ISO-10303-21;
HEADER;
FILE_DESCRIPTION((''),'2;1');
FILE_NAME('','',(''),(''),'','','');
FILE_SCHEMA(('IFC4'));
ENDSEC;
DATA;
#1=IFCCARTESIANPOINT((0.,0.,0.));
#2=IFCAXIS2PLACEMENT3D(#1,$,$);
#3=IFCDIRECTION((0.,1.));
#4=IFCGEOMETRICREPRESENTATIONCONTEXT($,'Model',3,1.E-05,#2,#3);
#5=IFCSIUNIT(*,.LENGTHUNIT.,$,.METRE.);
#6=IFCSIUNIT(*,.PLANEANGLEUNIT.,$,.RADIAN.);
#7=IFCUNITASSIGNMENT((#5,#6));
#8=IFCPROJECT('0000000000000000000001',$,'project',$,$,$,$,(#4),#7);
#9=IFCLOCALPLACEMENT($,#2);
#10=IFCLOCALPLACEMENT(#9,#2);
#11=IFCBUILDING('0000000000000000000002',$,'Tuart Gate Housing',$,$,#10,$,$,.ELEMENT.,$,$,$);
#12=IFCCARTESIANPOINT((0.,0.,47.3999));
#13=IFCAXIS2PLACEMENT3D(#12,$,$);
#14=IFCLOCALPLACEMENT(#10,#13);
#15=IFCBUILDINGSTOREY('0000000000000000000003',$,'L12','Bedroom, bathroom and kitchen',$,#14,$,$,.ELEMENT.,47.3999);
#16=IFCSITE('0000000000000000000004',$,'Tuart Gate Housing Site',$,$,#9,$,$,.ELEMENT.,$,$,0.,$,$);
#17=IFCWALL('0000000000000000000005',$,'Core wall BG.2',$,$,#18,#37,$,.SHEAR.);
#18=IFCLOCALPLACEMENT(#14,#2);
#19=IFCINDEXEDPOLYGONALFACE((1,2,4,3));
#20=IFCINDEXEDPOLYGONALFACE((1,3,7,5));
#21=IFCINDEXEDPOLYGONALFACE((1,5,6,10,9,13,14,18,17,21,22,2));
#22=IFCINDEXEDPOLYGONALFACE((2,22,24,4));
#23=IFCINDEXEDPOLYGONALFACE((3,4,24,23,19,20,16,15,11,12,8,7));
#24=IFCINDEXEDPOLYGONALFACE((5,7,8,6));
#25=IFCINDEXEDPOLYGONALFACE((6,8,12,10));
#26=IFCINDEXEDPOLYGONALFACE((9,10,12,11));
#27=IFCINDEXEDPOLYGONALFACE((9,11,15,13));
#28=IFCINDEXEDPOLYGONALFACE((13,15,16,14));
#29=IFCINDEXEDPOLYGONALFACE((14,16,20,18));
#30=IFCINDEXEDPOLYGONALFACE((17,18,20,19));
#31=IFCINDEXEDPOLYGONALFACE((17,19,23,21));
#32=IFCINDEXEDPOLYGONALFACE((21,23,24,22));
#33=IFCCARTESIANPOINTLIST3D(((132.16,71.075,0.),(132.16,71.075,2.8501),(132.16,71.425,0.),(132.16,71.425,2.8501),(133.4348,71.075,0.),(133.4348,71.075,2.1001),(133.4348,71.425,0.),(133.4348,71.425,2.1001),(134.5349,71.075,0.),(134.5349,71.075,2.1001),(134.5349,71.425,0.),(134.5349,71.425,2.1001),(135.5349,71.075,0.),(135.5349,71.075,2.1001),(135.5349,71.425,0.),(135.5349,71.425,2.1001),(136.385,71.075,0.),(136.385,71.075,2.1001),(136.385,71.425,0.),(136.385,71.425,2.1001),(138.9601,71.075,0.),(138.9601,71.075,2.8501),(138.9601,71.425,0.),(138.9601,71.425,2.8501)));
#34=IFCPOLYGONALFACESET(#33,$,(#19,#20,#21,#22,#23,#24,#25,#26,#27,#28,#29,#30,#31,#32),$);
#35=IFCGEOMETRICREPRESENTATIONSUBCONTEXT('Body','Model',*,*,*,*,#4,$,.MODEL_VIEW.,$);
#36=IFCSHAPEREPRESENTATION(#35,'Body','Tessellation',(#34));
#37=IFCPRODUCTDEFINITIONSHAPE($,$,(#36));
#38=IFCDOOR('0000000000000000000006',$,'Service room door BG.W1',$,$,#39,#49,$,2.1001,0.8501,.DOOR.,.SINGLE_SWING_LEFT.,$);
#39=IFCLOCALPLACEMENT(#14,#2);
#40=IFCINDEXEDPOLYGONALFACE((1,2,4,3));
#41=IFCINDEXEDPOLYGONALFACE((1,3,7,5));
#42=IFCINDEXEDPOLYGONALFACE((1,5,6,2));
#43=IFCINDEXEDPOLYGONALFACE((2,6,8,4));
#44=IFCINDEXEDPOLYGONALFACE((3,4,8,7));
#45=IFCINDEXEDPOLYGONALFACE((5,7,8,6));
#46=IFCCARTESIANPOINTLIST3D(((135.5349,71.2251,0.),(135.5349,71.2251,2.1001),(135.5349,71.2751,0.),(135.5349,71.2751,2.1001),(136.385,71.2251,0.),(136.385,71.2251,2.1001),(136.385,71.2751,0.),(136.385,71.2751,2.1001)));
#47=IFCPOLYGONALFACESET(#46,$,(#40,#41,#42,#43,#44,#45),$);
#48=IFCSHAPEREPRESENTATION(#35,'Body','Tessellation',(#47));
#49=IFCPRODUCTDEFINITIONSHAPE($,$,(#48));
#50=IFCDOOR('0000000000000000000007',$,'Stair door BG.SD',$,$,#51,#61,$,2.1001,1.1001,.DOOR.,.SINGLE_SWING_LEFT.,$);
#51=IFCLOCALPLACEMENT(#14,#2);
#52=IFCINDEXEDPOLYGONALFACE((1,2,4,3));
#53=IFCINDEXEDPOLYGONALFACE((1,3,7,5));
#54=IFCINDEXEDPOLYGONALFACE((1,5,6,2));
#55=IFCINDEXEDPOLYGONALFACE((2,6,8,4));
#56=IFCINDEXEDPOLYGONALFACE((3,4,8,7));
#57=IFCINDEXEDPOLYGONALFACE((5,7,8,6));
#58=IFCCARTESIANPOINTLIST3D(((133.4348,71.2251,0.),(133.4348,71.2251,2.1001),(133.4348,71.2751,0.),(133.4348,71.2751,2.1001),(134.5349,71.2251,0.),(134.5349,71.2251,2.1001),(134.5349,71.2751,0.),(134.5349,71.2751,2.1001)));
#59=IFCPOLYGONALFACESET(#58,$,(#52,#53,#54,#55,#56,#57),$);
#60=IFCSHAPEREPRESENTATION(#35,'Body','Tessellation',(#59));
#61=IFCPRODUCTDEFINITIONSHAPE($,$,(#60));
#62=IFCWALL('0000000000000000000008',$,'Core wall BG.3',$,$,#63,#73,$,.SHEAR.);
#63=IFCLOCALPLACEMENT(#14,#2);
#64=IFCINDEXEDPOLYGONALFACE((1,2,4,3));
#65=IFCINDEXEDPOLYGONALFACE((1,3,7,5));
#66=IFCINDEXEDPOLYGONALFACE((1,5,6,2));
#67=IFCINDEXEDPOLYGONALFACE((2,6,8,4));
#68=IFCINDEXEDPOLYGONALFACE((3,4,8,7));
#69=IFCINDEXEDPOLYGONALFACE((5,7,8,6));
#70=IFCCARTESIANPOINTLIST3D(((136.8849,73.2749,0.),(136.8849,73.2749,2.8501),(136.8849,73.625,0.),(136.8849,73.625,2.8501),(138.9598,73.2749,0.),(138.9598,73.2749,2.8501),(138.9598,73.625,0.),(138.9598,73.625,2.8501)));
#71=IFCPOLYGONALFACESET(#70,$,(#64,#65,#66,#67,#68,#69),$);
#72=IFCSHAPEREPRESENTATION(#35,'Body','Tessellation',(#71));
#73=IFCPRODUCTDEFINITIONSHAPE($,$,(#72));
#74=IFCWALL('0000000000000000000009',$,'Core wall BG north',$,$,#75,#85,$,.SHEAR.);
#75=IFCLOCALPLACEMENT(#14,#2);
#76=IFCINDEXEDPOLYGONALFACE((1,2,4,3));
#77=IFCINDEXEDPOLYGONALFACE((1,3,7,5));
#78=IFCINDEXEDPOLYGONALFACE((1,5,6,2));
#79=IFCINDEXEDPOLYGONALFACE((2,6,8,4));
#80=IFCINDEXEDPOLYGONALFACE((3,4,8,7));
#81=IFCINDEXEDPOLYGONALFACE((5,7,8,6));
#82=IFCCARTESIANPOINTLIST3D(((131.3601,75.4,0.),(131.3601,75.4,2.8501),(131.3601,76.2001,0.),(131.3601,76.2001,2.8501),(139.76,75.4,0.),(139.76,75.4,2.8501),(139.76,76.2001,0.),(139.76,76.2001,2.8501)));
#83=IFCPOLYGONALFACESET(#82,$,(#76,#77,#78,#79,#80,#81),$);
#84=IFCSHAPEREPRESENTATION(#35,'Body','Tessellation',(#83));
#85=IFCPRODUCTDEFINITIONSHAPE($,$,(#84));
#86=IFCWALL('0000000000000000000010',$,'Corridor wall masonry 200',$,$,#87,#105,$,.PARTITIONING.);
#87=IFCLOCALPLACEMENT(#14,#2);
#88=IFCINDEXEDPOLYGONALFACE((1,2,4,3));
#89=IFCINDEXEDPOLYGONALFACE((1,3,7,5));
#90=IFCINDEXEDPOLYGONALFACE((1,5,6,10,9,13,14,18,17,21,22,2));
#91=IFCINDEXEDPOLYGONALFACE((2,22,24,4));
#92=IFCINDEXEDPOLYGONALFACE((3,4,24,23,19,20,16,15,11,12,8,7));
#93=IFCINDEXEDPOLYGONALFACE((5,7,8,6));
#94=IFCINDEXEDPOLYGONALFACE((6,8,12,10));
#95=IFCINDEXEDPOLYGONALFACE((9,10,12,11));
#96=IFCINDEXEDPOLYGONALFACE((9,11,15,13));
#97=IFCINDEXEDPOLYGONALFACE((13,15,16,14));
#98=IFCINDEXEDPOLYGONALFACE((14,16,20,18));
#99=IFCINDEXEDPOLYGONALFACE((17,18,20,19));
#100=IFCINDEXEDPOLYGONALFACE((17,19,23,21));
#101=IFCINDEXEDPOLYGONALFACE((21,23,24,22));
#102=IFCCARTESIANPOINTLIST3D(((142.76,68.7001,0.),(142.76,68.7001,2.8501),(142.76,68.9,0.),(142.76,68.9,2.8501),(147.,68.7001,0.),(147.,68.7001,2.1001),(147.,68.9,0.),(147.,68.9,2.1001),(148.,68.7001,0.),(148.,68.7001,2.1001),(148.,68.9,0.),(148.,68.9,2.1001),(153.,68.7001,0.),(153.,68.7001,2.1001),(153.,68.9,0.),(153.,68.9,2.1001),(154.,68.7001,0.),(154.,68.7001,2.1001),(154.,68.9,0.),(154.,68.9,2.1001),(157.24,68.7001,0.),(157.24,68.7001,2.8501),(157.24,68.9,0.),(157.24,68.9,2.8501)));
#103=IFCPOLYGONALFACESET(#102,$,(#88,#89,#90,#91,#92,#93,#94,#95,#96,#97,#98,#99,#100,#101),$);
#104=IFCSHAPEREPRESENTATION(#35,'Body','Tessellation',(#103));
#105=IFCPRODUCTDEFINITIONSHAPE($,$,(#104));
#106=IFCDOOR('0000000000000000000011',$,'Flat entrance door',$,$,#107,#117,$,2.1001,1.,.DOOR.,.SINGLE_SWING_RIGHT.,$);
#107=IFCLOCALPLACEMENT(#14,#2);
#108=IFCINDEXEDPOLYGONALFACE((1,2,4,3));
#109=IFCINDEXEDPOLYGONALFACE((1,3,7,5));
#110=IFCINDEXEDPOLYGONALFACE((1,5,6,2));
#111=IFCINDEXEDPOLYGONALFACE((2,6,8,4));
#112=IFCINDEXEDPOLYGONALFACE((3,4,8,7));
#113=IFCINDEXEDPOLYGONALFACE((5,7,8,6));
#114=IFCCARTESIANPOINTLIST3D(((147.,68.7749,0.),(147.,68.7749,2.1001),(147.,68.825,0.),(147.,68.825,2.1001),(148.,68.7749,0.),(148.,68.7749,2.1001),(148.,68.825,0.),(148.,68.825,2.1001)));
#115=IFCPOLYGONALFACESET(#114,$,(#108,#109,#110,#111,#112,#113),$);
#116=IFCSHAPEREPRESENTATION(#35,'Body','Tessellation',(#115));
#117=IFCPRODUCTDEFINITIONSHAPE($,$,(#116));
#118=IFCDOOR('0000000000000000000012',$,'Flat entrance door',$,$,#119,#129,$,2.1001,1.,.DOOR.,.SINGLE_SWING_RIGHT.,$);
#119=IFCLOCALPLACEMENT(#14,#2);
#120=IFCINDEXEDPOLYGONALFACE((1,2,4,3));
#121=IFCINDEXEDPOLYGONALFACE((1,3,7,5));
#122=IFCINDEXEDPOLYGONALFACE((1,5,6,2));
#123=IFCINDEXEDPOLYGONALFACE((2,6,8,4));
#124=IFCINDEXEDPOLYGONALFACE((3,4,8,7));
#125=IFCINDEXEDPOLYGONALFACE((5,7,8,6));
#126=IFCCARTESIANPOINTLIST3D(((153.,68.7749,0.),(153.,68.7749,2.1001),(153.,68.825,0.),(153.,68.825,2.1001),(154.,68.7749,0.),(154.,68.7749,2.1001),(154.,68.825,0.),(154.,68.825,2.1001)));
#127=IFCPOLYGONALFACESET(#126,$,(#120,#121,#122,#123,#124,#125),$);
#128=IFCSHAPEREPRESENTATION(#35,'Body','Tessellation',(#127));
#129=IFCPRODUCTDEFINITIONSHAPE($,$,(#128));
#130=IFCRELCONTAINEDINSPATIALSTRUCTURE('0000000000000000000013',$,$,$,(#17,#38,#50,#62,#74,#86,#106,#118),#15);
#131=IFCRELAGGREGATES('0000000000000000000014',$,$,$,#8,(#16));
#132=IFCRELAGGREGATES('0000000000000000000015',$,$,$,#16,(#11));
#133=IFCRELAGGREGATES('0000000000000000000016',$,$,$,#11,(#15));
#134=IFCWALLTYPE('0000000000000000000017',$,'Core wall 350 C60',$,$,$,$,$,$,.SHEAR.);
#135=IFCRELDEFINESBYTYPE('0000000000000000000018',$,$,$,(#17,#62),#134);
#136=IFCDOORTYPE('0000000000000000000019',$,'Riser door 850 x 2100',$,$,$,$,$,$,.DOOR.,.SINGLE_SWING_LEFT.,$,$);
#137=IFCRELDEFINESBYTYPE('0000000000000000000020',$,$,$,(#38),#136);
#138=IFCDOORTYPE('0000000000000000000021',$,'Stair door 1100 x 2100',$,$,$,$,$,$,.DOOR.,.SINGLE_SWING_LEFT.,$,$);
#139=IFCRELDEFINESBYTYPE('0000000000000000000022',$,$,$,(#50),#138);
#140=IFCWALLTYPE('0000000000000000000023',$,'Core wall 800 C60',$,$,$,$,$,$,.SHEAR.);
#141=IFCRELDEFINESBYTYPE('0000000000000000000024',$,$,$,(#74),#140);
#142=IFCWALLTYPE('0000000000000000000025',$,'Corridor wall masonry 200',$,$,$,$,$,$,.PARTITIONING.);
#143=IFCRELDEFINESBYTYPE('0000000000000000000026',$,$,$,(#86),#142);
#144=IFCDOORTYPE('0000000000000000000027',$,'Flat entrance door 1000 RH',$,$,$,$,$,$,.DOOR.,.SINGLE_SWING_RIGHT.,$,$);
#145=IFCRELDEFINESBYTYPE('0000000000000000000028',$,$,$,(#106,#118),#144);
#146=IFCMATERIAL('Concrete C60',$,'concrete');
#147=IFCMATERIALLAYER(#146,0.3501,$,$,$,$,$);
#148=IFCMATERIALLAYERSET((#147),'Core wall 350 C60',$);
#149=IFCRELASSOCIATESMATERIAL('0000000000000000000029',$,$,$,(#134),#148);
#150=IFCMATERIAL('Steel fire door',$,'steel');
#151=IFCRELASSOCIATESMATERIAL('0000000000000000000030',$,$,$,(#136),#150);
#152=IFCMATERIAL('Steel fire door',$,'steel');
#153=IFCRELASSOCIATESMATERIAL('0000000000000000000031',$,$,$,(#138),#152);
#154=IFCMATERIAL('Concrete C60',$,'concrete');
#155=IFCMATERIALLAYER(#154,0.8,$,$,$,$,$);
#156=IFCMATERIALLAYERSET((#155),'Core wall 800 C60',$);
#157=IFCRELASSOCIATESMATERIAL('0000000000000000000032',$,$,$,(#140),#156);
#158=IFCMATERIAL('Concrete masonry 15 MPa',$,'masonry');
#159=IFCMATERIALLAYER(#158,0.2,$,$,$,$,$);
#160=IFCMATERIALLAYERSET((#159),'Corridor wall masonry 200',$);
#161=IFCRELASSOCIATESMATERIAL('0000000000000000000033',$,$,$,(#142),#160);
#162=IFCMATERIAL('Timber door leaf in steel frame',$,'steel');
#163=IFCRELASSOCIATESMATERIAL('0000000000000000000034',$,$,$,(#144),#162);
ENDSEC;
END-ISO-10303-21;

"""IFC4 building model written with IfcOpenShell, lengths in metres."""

from ifc_helpers import new_model, si_unit, direction, frame, frame_2d, origin, place, context, subcontext, project, spatial, rectangle, extrude, material, layer, layer_set, type_object, element, fill, save


model = new_model("IFC4")

# Units and contexts
model_context = context("Model", 3, precision=1e-05, world=origin(), true_north=direction((0.0, 1.0)))
body_context = subcontext(model_context, "Body", "Model", "MODEL_VIEW")
ifc_project = project(units=[si_unit("LENGTHUNIT", "METRE"), si_unit("PLANEANGLEUNIT", "RADIAN")], contexts=[model_context])

# Site, building, storey
site_placement = place(None, origin())
site = spatial("IfcSite", under=ifc_project, at=site_placement, Name="Tuart Gate Housing Site", CompositionType="ELEMENT", RefElevation=0.0)
building_placement = place(site_placement, origin())
building = spatial("IfcBuilding", under=site, at=building_placement, Name="Tuart Gate Housing", CompositionType="ELEMENT")
storey_placement = place(building_placement, frame((0.0, 0.0, 47.3999)))
storey = spatial("IfcBuildingStorey", under=building, at=storey_placement, Name="L12", Description="Bedroom, bathroom and kitchen", CompositionType="ELEMENT", Elevation=47.3999)

# Wall, openings, doors
ifc_material_1 = material(Name="Concrete C60", Category="concrete")
ifc_layer_1 = layer(ifc_material_1, 0.3501)
ifc_layer_set_1 = layer_set([ifc_layer_1], Name="Core wall 350 C60")
wall_type_1 = type_object("IfcWallType", Name="Core wall 350 C60", PredefinedType="SHEAR", material=ifc_layer_set_1)
wall_1_placement = place(storey_placement, frame((138.96, 71.25, 0.0), z_axis=(0.0, 0.0, 1.0), x_axis=(-1.0, 0.0, 0.0)))
wall_1 = element("IfcWall", 1, at=wall_1_placement, inside=storey, type_object=wall_type_1, Name="Core wall BG.2", PredefinedType="SHEAR", context=body_context, shape_type="SweptSolid", body=[
    extrude(rectangle(XDim=6.8, YDim=0.3501, at=frame_2d((3.3999, 0.0))), origin(), (0.0, 0.0, 1.0), 2.8501),
])
opening_1_placement = place(wall_1_placement, frame((4.425, 0.0, 0.0)))
opening_1 = element("IfcOpeningElement", 2, at=opening_1_placement, cuts=wall_1, PredefinedType="OPENING", context=body_context, shape_type="SweptSolid", body=[
    extrude(rectangle(XDim=1.1001, YDim=2.1001, at=frame_2d((0.55, 1.05))), frame((0.0, 0.1851, 0.0), z_axis=(0.0, -1.0, 0.0), x_axis=(1.0, 0.0, 0.0)), (0.0, 0.0, 1.0), 0.3701),
])
opening_2_placement = place(wall_1_placement, frame((2.575, 0.0, 0.0)))
opening_2 = element("IfcOpeningElement", 3, at=opening_2_placement, cuts=wall_1, PredefinedType="OPENING", context=body_context, shape_type="SweptSolid", body=[
    extrude(rectangle(XDim=0.8501, YDim=2.1001, at=frame_2d((0.425, 1.05))), frame((0.0, 0.1851, 0.0), z_axis=(0.0, -1.0, 0.0), x_axis=(1.0, 0.0, 0.0)), (0.0, 0.0, 1.0), 0.3701),
])
ifc_material_2 = material(Name="Steel fire door", Category="steel")
door_type_1 = type_object("IfcDoorType", Name="Riser door 850 x 2100", OperationType="SINGLE_SWING_LEFT", PredefinedType="DOOR", material=ifc_material_2)
door_1_placement = place(opening_2_placement, origin())
door_1 = element("IfcDoor", 4, at=door_1_placement, inside=storey, type_object=door_type_1, Name="Service room door BG.W1", OperationType="SINGLE_SWING_LEFT", OverallHeight=2.1001, OverallWidth=0.8501, PredefinedType="DOOR", context=body_context, shape_type="SweptSolid", body=[
    extrude(rectangle(XDim=0.8501, YDim=2.1001, at=frame_2d((0.425, 1.05))), frame((0.0, 0.0249, 0.0), z_axis=(0.0, -1.0, 0.0), x_axis=(1.0, 0.0, 0.0)), (0.0, 0.0, 1.0), 0.05),
])
fill(opening_2, door_1)
ifc_material_3 = material(Name="Steel fire door", Category="steel")
door_type_2 = type_object("IfcDoorType", Name="Stair door 1100 x 2100", OperationType="SINGLE_SWING_LEFT", PredefinedType="DOOR", material=ifc_material_3)
door_2_placement = place(opening_1_placement, origin())
door_2 = element("IfcDoor", 5, at=door_2_placement, inside=storey, type_object=door_type_2, Name="Stair door BG.SD", OperationType="SINGLE_SWING_LEFT", OverallHeight=2.1001, OverallWidth=1.1001, PredefinedType="DOOR", context=body_context, shape_type="SweptSolid", body=[
    extrude(rectangle(XDim=1.1001, YDim=2.1001, at=frame_2d((0.55, 1.05))), frame((0.0, 0.0249, 0.0), z_axis=(0.0, -1.0, 0.0), x_axis=(1.0, 0.0, 0.0)), (0.0, 0.0, 1.0), 0.05),
])
fill(opening_1, door_2)

# Walls
wall_2_placement = place(storey_placement, frame((138.96, 73.45, 0.0), z_axis=(0.0, 0.0, 1.0), x_axis=(-1.0, 0.0, 0.0)))
element("IfcWall", 6, at=wall_2_placement, inside=storey, type_object=wall_type_1, Name="Core wall BG.3", PredefinedType="SHEAR", context=body_context, shape_type="SweptSolid", body=[
    extrude(rectangle(XDim=2.075, YDim=0.3501, at=frame_2d((1.0376, 0.0))), origin(), (0.0, 0.0, 1.0), 2.8501),
])
ifc_material_4 = material(Name="Concrete C60", Category="concrete")
ifc_layer_2 = layer(ifc_material_4, 0.8)
ifc_layer_set_2 = layer_set([ifc_layer_2], Name="Core wall 800 C60")
wall_type_2 = type_object("IfcWallType", Name="Core wall 800 C60", PredefinedType="SHEAR", material=ifc_layer_set_2)
wall_3_placement = place(storey_placement, frame((139.76, 75.8, 0.0), z_axis=(0.0, 0.0, 1.0), x_axis=(-1.0, 0.0, 0.0)))
element("IfcWall", 7, at=wall_3_placement, inside=storey, type_object=wall_type_2, Name="Core wall BG north", PredefinedType="SHEAR", context=body_context, shape_type="SweptSolid", body=[
    extrude(rectangle(XDim=8.3999, YDim=0.8, at=frame_2d((4.2, 0.0))), origin(), (0.0, 0.0, 1.0), 2.8501),
])

# Wall, openings, doors
ifc_material_5 = material(Name="Concrete masonry 15 MPa", Category="masonry")
ifc_layer_3 = layer(ifc_material_5, 0.2)
ifc_layer_set_3 = layer_set([ifc_layer_3], Name="Corridor wall masonry 200")
wall_type_3 = type_object("IfcWallType", Name="Corridor wall masonry 200", PredefinedType="PARTITIONING", material=ifc_layer_set_3)
wall_4_placement = place(storey_placement, frame((142.76, 68.8, 0.0), z_axis=(0.0, 0.0, 1.0), x_axis=(1.0, 0.0, 0.0)))
wall_4 = element("IfcWall", 8, at=wall_4_placement, inside=storey, type_object=wall_type_3, Name="Corridor wall masonry 200", PredefinedType="PARTITIONING", context=body_context, shape_type="SweptSolid", body=[
    extrude(rectangle(XDim=14.48, YDim=0.2, at=frame_2d((7.24, 0.0))), origin(), (0.0, 0.0, 1.0), 2.8501),
])
opening_3_placement = place(wall_4_placement, frame((4.24, 0.0, 0.0)))
opening_3 = element("IfcOpeningElement", 9, at=opening_3_placement, cuts=wall_4, PredefinedType="OPENING", context=body_context, shape_type="SweptSolid", body=[
    extrude(rectangle(XDim=1.0, YDim=2.1001, at=frame_2d((0.5, 1.05))), frame((0.0, 0.1099, 0.0), z_axis=(0.0, -1.0, 0.0), x_axis=(1.0, 0.0, 0.0)), (0.0, 0.0, 1.0), 0.22),
])
opening_4_placement = place(wall_4_placement, frame((10.24, 0.0, 0.0)))
opening_4 = element("IfcOpeningElement", 10, at=opening_4_placement, cuts=wall_4, PredefinedType="OPENING", context=body_context, shape_type="SweptSolid", body=[
    extrude(rectangle(XDim=1.0, YDim=2.1001, at=frame_2d((0.5, 1.05))), frame((0.0, 0.1099, 0.0), z_axis=(0.0, -1.0, 0.0), x_axis=(1.0, 0.0, 0.0)), (0.0, 0.0, 1.0), 0.22),
])
ifc_material_6 = material(Name="Timber door leaf in steel frame", Category="steel")
door_type_3 = type_object("IfcDoorType", Name="Flat entrance door 1000 RH", OperationType="SINGLE_SWING_RIGHT", PredefinedType="DOOR", material=ifc_material_6)
door_3_placement = place(opening_3_placement, frame((1.0, 0.0, 0.0), z_axis=(0.0, 0.0, 1.0), x_axis=(-1.0, 0.0, 0.0)))
door_3 = element("IfcDoor", 11, at=door_3_placement, inside=storey, type_object=door_type_3, Name="Flat entrance door", OperationType="SINGLE_SWING_RIGHT", OverallHeight=2.1001, OverallWidth=1.0, PredefinedType="DOOR", context=body_context, shape_type="SweptSolid", body=[
    extrude(rectangle(XDim=1.0, YDim=2.1001, at=frame_2d((0.5, 1.05))), frame((0.0, 0.0251, 0.0), z_axis=(0.0, -1.0, 0.0), x_axis=(1.0, 0.0, 0.0)), (0.0, 0.0, 1.0), 0.05),
])
fill(opening_3, door_3)
door_4_placement = place(opening_4_placement, frame((1.0, 0.0, 0.0), z_axis=(0.0, 0.0, 1.0), x_axis=(-1.0, 0.0, 0.0)))
door_4 = element("IfcDoor", 12, at=door_4_placement, inside=storey, type_object=door_type_3, Name="Flat entrance door", OperationType="SINGLE_SWING_RIGHT", OverallHeight=2.1001, OverallWidth=1.0, PredefinedType="DOOR", context=body_context, shape_type="SweptSolid", body=[
    extrude(rectangle(XDim=1.0, YDim=2.1001, at=frame_2d((0.5, 1.05))), frame((0.0, 0.0251, 0.0), z_axis=(0.0, -1.0, 0.0), x_axis=(1.0, 0.0, 0.0)), (0.0, 0.0, 1.0), 0.05),
])
fill(opening_4, door_4)

save(model, "model.ifc")
